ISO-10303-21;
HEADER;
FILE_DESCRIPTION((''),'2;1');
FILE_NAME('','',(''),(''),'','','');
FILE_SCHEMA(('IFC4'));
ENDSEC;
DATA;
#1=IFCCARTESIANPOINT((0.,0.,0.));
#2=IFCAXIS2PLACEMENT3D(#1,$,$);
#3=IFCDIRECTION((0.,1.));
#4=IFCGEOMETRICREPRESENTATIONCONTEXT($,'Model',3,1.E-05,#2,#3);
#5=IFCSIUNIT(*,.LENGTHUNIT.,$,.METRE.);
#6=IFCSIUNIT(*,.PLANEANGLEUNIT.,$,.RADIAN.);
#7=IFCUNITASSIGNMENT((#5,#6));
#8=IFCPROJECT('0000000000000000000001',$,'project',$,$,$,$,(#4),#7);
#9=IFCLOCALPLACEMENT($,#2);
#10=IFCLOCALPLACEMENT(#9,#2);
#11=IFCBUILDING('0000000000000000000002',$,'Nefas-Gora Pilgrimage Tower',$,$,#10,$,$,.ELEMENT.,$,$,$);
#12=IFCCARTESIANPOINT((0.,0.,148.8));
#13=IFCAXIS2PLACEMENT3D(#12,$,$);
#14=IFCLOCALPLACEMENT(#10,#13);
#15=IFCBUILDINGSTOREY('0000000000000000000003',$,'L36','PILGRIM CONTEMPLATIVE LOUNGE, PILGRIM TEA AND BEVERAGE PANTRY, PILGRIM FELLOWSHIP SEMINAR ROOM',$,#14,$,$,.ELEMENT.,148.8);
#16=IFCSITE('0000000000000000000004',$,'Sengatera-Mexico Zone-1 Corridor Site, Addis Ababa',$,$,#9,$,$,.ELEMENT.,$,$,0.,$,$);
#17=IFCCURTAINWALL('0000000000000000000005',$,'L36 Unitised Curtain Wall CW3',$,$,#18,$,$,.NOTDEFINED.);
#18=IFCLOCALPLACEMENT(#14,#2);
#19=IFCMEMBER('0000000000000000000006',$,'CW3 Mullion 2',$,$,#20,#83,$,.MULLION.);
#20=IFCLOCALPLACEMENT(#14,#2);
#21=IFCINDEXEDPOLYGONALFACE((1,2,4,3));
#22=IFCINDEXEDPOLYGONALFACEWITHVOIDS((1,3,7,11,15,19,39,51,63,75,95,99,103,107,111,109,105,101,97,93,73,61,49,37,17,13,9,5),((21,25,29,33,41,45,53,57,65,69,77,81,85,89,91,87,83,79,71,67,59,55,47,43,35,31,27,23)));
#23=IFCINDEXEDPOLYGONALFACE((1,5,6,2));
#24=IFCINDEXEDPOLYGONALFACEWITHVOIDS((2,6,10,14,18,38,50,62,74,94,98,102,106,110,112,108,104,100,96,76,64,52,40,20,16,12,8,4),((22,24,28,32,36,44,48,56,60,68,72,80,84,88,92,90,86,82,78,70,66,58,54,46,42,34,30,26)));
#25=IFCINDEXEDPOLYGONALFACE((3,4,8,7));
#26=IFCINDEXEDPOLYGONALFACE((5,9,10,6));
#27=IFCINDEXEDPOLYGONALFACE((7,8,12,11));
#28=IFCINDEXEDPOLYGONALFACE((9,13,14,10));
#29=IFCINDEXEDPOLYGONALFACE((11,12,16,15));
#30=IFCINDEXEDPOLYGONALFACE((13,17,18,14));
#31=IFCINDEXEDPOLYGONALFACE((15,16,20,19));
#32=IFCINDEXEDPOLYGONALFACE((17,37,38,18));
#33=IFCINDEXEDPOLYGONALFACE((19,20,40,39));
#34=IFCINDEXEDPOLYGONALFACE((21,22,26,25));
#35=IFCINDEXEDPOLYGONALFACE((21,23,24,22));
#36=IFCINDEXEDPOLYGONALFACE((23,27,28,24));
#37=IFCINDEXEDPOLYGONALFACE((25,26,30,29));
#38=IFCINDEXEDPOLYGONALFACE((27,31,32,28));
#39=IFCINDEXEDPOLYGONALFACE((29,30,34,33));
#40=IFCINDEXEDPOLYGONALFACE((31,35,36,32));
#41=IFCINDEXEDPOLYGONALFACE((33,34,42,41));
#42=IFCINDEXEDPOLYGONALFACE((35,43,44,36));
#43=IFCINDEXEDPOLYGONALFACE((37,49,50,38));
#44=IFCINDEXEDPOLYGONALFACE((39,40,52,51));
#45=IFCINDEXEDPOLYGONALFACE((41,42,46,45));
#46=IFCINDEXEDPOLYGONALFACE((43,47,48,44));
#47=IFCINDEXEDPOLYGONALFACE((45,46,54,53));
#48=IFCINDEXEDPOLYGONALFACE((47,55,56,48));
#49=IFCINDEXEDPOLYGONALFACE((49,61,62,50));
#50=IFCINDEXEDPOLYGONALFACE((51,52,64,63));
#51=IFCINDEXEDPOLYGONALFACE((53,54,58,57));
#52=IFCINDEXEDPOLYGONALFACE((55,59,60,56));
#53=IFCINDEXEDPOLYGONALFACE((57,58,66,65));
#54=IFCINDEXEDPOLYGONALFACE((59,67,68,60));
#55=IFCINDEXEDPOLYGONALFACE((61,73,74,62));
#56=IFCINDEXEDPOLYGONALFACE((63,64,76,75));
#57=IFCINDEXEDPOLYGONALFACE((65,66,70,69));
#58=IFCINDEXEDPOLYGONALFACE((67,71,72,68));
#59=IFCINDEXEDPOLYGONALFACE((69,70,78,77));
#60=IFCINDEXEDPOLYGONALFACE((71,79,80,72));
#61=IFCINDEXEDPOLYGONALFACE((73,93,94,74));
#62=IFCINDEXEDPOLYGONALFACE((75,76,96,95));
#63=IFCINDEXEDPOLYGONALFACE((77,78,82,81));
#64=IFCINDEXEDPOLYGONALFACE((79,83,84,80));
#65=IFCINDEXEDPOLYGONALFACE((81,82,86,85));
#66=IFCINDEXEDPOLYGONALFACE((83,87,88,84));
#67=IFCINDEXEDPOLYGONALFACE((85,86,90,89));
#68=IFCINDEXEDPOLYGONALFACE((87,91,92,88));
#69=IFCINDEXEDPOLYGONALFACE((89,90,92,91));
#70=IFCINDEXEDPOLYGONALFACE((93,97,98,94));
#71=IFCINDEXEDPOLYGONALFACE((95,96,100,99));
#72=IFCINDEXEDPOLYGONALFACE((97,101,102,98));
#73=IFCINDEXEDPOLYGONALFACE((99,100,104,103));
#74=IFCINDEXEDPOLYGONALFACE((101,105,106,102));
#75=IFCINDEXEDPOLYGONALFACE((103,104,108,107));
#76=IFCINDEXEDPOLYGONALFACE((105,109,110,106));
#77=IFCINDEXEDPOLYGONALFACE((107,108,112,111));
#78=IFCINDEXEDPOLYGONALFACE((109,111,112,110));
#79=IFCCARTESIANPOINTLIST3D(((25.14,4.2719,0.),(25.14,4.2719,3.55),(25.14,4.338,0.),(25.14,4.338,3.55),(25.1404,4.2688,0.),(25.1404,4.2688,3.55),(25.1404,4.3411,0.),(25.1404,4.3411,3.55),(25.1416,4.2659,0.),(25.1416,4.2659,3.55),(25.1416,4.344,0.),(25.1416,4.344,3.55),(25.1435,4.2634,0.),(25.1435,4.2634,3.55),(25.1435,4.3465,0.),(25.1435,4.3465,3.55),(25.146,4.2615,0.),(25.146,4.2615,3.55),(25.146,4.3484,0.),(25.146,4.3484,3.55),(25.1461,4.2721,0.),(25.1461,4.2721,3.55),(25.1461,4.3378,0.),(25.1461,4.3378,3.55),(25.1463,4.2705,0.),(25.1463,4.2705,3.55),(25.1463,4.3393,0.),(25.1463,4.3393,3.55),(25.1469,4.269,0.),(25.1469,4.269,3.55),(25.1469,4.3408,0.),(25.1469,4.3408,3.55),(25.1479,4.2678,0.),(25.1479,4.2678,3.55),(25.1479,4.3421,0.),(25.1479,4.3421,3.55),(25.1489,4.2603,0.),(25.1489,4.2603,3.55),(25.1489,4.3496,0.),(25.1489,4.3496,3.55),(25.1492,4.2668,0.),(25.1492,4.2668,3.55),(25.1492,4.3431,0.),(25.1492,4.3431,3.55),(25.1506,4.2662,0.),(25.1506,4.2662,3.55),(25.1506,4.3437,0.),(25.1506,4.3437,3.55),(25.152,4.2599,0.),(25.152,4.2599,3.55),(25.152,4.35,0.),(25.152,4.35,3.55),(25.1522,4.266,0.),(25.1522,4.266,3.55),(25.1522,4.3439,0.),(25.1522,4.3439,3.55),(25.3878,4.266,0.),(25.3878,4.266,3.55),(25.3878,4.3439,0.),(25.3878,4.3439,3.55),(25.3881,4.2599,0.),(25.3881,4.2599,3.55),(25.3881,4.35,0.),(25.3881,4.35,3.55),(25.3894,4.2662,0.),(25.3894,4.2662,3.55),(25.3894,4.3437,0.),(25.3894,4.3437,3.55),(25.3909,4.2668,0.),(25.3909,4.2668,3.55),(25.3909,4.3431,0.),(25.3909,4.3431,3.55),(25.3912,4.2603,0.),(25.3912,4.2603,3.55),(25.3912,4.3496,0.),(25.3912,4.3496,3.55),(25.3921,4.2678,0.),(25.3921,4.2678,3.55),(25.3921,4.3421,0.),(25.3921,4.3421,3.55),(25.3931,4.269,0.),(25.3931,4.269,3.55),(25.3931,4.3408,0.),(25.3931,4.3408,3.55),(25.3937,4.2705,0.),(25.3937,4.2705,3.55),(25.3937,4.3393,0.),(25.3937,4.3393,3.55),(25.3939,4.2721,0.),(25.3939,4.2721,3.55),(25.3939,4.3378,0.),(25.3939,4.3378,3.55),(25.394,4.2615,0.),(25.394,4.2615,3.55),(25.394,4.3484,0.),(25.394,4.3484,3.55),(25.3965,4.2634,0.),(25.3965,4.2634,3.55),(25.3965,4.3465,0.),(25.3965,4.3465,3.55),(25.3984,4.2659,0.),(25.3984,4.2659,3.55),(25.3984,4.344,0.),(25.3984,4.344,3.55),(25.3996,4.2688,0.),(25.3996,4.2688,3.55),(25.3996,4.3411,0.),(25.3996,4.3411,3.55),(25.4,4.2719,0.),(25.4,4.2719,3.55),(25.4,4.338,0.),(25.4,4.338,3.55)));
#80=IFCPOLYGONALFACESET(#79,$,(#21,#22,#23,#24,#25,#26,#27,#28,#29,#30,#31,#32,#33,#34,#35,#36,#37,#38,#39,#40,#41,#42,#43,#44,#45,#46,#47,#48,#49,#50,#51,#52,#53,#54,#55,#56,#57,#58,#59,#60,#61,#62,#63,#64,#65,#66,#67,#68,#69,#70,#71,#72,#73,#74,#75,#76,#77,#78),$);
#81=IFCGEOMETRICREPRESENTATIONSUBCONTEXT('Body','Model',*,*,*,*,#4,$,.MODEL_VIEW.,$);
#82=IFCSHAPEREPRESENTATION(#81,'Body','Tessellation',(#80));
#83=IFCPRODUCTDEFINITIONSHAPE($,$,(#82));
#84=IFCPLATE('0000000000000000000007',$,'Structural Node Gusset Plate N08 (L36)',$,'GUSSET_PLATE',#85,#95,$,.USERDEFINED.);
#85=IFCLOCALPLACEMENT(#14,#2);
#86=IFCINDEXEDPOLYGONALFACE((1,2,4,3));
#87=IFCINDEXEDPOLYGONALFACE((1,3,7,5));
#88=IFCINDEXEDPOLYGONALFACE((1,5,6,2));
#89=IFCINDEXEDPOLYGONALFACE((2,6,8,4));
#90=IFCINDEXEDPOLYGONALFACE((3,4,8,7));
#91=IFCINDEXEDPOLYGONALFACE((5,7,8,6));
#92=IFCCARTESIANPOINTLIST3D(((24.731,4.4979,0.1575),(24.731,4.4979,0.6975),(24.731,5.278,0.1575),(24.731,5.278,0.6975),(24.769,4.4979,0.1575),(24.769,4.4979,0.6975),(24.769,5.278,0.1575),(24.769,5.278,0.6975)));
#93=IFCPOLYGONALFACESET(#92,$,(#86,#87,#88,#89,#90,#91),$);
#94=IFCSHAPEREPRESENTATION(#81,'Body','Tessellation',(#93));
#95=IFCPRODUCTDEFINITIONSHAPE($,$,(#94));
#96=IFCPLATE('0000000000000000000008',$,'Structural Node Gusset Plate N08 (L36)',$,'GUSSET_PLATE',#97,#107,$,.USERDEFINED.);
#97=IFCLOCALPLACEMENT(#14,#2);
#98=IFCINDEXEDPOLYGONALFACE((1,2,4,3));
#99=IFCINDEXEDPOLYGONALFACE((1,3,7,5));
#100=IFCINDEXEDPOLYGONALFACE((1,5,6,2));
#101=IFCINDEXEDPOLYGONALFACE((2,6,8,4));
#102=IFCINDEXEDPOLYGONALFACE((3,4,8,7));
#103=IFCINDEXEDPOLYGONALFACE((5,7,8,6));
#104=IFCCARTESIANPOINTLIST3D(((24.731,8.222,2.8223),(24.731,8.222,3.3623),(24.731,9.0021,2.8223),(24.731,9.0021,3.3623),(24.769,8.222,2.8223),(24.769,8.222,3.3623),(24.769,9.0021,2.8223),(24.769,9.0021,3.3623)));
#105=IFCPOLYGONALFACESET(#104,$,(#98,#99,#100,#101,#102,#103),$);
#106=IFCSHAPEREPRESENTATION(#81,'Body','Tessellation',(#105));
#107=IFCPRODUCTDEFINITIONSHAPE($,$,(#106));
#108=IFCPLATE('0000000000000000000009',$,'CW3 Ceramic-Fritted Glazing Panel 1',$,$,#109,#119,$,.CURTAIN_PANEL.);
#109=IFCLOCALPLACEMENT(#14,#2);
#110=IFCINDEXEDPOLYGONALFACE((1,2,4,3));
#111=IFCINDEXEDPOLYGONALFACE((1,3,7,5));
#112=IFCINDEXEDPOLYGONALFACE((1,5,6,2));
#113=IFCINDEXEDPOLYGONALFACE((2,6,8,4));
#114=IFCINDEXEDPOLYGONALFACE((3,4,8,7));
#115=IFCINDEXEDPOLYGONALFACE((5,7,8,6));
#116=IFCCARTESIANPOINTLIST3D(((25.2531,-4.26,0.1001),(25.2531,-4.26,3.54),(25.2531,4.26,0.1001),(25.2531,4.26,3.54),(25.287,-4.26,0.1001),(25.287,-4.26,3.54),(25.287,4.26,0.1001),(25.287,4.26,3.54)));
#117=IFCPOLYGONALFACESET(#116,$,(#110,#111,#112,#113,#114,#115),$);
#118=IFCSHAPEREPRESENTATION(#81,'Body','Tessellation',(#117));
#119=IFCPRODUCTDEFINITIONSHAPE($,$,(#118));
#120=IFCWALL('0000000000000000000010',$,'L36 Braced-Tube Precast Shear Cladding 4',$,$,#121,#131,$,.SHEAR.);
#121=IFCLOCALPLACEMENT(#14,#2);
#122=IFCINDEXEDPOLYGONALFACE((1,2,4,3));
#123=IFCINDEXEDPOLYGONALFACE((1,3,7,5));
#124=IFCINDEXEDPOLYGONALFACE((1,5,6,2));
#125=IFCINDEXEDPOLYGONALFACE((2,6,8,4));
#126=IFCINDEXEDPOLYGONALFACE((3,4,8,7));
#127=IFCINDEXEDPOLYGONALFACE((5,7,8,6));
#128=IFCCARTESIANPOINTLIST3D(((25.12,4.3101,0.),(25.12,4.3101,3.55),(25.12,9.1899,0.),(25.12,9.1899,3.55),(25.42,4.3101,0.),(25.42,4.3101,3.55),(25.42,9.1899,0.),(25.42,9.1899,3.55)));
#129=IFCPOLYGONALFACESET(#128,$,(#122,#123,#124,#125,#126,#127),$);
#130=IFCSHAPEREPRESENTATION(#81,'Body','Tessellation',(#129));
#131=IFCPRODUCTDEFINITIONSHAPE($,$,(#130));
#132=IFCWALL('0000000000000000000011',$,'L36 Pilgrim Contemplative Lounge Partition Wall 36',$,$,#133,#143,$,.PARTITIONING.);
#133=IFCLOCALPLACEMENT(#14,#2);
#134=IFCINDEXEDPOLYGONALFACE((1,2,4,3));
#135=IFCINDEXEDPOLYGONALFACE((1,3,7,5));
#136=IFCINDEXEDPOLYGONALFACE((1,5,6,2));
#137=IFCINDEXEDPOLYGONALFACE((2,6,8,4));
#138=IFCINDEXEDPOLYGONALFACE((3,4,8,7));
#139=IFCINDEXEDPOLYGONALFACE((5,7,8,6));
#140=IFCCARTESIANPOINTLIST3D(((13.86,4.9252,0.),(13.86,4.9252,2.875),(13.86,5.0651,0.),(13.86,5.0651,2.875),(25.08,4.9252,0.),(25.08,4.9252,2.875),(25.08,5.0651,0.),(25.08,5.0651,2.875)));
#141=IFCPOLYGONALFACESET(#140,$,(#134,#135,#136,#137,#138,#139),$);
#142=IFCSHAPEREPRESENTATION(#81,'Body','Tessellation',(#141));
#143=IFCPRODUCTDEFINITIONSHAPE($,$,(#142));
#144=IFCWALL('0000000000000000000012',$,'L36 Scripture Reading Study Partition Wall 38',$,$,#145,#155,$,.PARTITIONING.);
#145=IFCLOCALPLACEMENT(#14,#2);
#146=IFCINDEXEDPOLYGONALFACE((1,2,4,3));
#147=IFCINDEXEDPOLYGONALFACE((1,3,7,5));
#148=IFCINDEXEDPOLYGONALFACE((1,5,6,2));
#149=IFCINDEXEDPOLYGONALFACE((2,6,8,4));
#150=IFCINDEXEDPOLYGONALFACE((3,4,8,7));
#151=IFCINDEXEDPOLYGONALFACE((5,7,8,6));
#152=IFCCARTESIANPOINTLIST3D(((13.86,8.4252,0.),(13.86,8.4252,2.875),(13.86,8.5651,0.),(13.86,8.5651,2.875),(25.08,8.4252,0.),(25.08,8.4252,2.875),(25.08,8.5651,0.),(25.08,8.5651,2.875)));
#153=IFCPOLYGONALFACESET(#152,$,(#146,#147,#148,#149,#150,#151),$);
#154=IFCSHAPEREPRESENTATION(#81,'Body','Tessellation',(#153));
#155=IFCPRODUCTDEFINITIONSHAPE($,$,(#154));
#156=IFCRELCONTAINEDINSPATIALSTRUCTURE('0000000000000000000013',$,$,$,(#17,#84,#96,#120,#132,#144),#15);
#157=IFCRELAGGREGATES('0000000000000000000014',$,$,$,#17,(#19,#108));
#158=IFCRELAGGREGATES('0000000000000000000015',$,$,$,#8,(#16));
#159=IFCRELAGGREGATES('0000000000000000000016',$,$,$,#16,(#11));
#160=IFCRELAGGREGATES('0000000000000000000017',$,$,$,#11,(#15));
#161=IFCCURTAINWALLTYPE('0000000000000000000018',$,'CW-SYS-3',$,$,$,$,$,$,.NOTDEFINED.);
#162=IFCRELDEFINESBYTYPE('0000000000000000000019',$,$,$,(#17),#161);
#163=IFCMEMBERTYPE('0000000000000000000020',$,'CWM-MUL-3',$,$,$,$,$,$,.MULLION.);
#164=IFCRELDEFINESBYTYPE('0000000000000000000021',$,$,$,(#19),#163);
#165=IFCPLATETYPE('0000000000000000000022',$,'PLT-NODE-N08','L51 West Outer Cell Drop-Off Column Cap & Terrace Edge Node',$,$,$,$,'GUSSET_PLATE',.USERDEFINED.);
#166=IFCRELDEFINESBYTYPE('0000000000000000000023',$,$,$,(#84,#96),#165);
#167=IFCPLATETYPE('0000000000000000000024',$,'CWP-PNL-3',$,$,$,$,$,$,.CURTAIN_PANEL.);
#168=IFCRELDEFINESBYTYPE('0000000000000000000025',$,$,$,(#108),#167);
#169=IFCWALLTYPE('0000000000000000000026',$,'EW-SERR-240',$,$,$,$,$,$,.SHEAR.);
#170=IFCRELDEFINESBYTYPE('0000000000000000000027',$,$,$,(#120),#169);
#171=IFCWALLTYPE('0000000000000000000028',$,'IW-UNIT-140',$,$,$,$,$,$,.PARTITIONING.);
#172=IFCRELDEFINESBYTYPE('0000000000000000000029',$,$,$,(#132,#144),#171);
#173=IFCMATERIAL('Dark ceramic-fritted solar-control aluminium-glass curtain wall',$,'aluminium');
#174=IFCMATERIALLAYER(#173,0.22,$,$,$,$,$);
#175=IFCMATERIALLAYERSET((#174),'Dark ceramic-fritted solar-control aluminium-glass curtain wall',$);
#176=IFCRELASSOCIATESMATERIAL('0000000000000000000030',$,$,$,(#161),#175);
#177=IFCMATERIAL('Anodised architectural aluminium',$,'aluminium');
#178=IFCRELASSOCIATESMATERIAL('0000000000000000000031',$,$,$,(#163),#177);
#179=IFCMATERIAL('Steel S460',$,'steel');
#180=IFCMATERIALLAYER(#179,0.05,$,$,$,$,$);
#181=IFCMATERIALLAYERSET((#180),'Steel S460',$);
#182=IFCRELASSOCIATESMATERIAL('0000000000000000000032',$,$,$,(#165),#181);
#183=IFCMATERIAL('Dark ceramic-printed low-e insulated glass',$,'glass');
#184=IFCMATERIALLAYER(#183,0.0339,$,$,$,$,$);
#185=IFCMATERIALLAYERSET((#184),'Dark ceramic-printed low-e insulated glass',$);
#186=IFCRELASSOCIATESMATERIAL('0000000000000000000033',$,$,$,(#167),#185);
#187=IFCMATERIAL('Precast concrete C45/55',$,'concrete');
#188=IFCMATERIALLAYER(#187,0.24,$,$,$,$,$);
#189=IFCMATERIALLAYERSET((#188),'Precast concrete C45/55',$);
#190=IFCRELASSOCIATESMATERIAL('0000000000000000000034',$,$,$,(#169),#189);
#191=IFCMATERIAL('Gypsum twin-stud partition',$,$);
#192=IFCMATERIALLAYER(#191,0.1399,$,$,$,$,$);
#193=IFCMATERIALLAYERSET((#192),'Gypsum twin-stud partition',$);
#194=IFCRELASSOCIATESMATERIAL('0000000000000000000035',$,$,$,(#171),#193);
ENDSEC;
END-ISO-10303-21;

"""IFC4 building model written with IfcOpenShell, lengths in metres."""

from ifc_helpers import new_model, si_unit, direction, frame, frame_2d, origin, origin_2d, place, context, subcontext, project, spatial, rectangle, hollow_rectangle, extrude, source, transform, mapped, material, layer, layer_set, material_profile, profile_set, type_object, element, aggregate, save


model = new_model("IFC4")

# Units and contexts
model_context = context("Model", 3, precision=1e-05, world=origin(), true_north=direction((0.0, 1.0)))
body_context = subcontext(model_context, "Body", "Model", "MODEL_VIEW")
ifc_project = project(units=[si_unit("LENGTHUNIT", "METRE"), si_unit("PLANEANGLEUNIT", "RADIAN")], contexts=[model_context])

# Site, building, storey
site_placement = place(None, origin())
site = spatial("IfcSite", under=ifc_project, at=site_placement, Name="Sengatera-Mexico Zone-1 Corridor Site, Addis Ababa", CompositionType="ELEMENT", RefElevation=0.0)
building_placement = place(site_placement, origin())
building = spatial("IfcBuilding", under=site, at=building_placement, Name="Nefas-Gora Pilgrimage Tower", CompositionType="ELEMENT")
storey_placement = place(building_placement, frame((0.0, 0.0, 148.8)))
storey = spatial("IfcBuildingStorey", under=building, at=storey_placement, Name="L36", Description="PILGRIM CONTEMPLATIVE LOUNGE, PILGRIM TEA AND BEVERAGE PANTRY, PILGRIM FELLOWSHIP SEMINAR ROOM", CompositionType="ELEMENT", Elevation=148.8)

# Shared definitions
ifc_material_1 = material(Name="Steel S460", Category="steel")

# Curtain wall, member
ifc_material_2 = material(Name="Dark ceramic-fritted solar-control aluminium-glass curtain wall", Category="aluminium")
ifc_layer_1 = layer(ifc_material_2, 0.22)
ifc_layer_set_1 = layer_set([ifc_layer_1], Name="Dark ceramic-fritted solar-control aluminium-glass curtain wall")
curtain_wall_type = type_object("IfcCurtainWallType", Name="CW-SYS-3", PredefinedType="NOTDEFINED", material=ifc_layer_set_1)
curtain_wall_placement = place(storey_placement, origin())
curtain_wall = element("IfcCurtainWall", 1, at=curtain_wall_placement, inside=storey, type_object=curtain_wall_type, Name="L36 Unitised Curtain Wall CW3", PredefinedType="NOTDEFINED")
ifc_material_3 = material(Name="Anodised architectural aluminium", Category="aluminium")
ifc_material_profile_1 = material_profile(ifc_material_3, hollow_rectangle(XDim=0.0901, YDim=0.26, WallThickness=0.0061, InnerFilletRadius=0.0061, OuterFilletRadius=0.012, at=origin_2d()), Name="ALU MULLION 90x260")
ifc_profile_set_1 = profile_set([ifc_material_profile_1], Name="Anodised architectural aluminium")
member_type_1 = type_object("IfcMemberType", Name="CWM-MUL-3", PredefinedType="MULLION", material=ifc_profile_set_1)
shared_shape_1 = source(origin(), body_context, "Body", "SweptSolid", [
    extrude(hollow_rectangle(XDim=0.0901, YDim=0.26, WallThickness=0.0061, InnerFilletRadius=0.0061, OuterFilletRadius=0.012, at=origin_2d()), origin(), (0.0, 0.0, 1.0), 3.55),
])
member_1_placement = place(storey_placement, frame((25.27, 4.3049, 0.0), z_axis=(0.0, 0.0, 1.0), x_axis=(0.0, 1.0, 0.0)))
member_1 = element("IfcMember", 2, at=member_1_placement, type_object=member_type_1, Name="CW3 Mullion 2", PredefinedType="MULLION", context=body_context, shape_type="MappedRepresentation", body=[
    mapped(shared_shape_1, transform((0.0, 0.0, 0.0), x_axis=(1.0, 0.0, 0.0), y_axis=(0.0, 1.0, 0.0), z_axis=(0.0, 0.0, 1.0), scale=1.0)),
])

# Plates
ifc_layer_2 = layer(ifc_material_1, 0.05)
ifc_layer_set_2 = layer_set([ifc_layer_2], Name="Steel S460")
plate_type_1 = type_object("IfcPlateType", Name="PLT-NODE-N08", Description="L51 West Outer Cell Drop-Off Column Cap & Terrace Edge Node", ElementType="GUSSET_PLATE", PredefinedType="USERDEFINED", material=ifc_layer_set_2)
shared_shape_2 = source(origin(), body_context, "Body", "SweptSolid", [
    extrude(rectangle(XDim=0.78, YDim=0.0381, at=origin_2d()), origin(), (0.0, 0.0, 1.0), 0.54),
])
for number, where, z_axis, x_axis, name in (
    (3, (24.75, 4.8879, 0.1575), (0.0, 0.0, 1.0), (0.0, 1.0, 0.0), "Structural Node Gusset Plate N08 (L36)"),
    (4, (24.75, 8.6121, 2.8223), (0.0, 0.0, 1.0), (0.0, 1.0, 0.0), "Structural Node Gusset Plate N08 (L36)"),
):
    element("IfcPlate", number, at=place(storey_placement, frame(where, z_axis=z_axis, x_axis=x_axis)), inside=storey, type_object=plate_type_1, Name=name, ObjectType="GUSSET_PLATE", PredefinedType="USERDEFINED", context=body_context, shape_type="MappedRepresentation", body=[
        mapped(shared_shape_2, transform((0.0, 0.0, 0.0), x_axis=(1.0, 0.0, 0.0), y_axis=(0.0, 1.0, 0.0), z_axis=(0.0, 0.0, 1.0), scale=1.0)),
    ])

# Plate
ifc_material_4 = material(Name="Dark ceramic-printed low-e insulated glass", Category="glass")
ifc_layer_3 = layer(ifc_material_4, 0.0339)
ifc_layer_set_3 = layer_set([ifc_layer_3], Name="Dark ceramic-printed low-e insulated glass")
plate_type_2 = type_object("IfcPlateType", Name="CWP-PNL-3", PredefinedType="CURTAIN_PANEL", material=ifc_layer_set_3)
shared_shape_3 = source(origin(), body_context, "Body", "SweptSolid", [
    extrude(rectangle(XDim=8.52, YDim=0.0339, at=origin_2d()), origin(), (0.0, 0.0, 1.0), 3.4399),
])
plate_placement = place(storey_placement, frame((25.27, 0.0, 0.1001), z_axis=(0.0, 0.0, 1.0), x_axis=(0.0, 1.0, 0.0)))
plate = element("IfcPlate", 5, at=plate_placement, type_object=plate_type_2, Name="CW3 Ceramic-Fritted Glazing Panel 1", PredefinedType="CURTAIN_PANEL", context=body_context, shape_type="MappedRepresentation", body=[
    mapped(shared_shape_3, transform((0.0, 0.0, 0.0), x_axis=(1.0, 0.0, 0.0), y_axis=(0.0, 1.0, 0.0), z_axis=(0.0, 0.0, 1.0), scale=1.0)),
])
aggregate(curtain_wall, [member_1, plate])

# Walls
ifc_material_5 = material(Name="Precast concrete C45/55", Category="concrete")
ifc_layer_4 = layer(ifc_material_5, 0.24)
ifc_layer_set_4 = layer_set([ifc_layer_4], Name="Precast concrete C45/55")
wall_type_1 = type_object("IfcWallType", Name="EW-SERR-240", PredefinedType="SHEAR", material=ifc_layer_set_4)
shared_shape_4 = source(origin(), body_context, "Body", "SweptSolid", [
    extrude(rectangle(XDim=4.8799, YDim=0.3, at=frame_2d((2.4399, 0.0))), origin(), (0.0, 0.0, 1.0), 3.55),
])
wall_1_placement = place(storey_placement, frame((25.27, 4.3101, 0.0), z_axis=(0.0, 0.0, 1.0), x_axis=(0.0, 1.0, 0.0)))
element("IfcWall", 6, at=wall_1_placement, inside=storey, type_object=wall_type_1, Name="L36 Braced-Tube Precast Shear Cladding 4", PredefinedType="SHEAR", context=body_context, shape_type="MappedRepresentation", body=[
    mapped(shared_shape_4, transform((0.0, 0.0, 0.0), x_axis=(1.0, 0.0, 0.0), y_axis=(0.0, 1.0, 0.0), z_axis=(0.0, 0.0, 1.0), scale=1.0)),
])
ifc_material_6 = material(Name="Gypsum twin-stud partition")
ifc_layer_5 = layer(ifc_material_6, 0.1399)
ifc_layer_set_5 = layer_set([ifc_layer_5], Name="Gypsum twin-stud partition")
wall_type_2 = type_object("IfcWallType", Name="IW-UNIT-140", PredefinedType="PARTITIONING", material=ifc_layer_set_5)
shared_shape_5 = source(origin(), body_context, "Body", "SweptSolid", [
    extrude(rectangle(XDim=11.22, YDim=0.1399, at=frame_2d((5.6099, 0.0))), origin(), (0.0, 0.0, 1.0), 2.875),
])
for number, where, z_axis, x_axis, name in (
    (7, (13.8601, 4.9951, 0.0), (0.0, 0.0, 1.0), (1.0, 0.0, 0.0), "L36 Pilgrim Contemplative Lounge Partition Wall 36"),
    (8, (13.8601, 8.4951, 0.0), (0.0, 0.0, 1.0), (1.0, 0.0, 0.0), "L36 Scripture Reading Study Partition Wall 38"),
):
    element("IfcWall", number, at=place(storey_placement, frame(where, z_axis=z_axis, x_axis=x_axis)), inside=storey, type_object=wall_type_2, Name=name, PredefinedType="PARTITIONING", context=body_context, shape_type="MappedRepresentation", body=[
        mapped(shared_shape_5, transform((0.0, 0.0, 0.0), x_axis=(1.0, 0.0, 0.0), y_axis=(0.0, 1.0, 0.0), z_axis=(0.0, 0.0, 1.0), scale=1.0)),
    ])

save(model, "model.ifc")
